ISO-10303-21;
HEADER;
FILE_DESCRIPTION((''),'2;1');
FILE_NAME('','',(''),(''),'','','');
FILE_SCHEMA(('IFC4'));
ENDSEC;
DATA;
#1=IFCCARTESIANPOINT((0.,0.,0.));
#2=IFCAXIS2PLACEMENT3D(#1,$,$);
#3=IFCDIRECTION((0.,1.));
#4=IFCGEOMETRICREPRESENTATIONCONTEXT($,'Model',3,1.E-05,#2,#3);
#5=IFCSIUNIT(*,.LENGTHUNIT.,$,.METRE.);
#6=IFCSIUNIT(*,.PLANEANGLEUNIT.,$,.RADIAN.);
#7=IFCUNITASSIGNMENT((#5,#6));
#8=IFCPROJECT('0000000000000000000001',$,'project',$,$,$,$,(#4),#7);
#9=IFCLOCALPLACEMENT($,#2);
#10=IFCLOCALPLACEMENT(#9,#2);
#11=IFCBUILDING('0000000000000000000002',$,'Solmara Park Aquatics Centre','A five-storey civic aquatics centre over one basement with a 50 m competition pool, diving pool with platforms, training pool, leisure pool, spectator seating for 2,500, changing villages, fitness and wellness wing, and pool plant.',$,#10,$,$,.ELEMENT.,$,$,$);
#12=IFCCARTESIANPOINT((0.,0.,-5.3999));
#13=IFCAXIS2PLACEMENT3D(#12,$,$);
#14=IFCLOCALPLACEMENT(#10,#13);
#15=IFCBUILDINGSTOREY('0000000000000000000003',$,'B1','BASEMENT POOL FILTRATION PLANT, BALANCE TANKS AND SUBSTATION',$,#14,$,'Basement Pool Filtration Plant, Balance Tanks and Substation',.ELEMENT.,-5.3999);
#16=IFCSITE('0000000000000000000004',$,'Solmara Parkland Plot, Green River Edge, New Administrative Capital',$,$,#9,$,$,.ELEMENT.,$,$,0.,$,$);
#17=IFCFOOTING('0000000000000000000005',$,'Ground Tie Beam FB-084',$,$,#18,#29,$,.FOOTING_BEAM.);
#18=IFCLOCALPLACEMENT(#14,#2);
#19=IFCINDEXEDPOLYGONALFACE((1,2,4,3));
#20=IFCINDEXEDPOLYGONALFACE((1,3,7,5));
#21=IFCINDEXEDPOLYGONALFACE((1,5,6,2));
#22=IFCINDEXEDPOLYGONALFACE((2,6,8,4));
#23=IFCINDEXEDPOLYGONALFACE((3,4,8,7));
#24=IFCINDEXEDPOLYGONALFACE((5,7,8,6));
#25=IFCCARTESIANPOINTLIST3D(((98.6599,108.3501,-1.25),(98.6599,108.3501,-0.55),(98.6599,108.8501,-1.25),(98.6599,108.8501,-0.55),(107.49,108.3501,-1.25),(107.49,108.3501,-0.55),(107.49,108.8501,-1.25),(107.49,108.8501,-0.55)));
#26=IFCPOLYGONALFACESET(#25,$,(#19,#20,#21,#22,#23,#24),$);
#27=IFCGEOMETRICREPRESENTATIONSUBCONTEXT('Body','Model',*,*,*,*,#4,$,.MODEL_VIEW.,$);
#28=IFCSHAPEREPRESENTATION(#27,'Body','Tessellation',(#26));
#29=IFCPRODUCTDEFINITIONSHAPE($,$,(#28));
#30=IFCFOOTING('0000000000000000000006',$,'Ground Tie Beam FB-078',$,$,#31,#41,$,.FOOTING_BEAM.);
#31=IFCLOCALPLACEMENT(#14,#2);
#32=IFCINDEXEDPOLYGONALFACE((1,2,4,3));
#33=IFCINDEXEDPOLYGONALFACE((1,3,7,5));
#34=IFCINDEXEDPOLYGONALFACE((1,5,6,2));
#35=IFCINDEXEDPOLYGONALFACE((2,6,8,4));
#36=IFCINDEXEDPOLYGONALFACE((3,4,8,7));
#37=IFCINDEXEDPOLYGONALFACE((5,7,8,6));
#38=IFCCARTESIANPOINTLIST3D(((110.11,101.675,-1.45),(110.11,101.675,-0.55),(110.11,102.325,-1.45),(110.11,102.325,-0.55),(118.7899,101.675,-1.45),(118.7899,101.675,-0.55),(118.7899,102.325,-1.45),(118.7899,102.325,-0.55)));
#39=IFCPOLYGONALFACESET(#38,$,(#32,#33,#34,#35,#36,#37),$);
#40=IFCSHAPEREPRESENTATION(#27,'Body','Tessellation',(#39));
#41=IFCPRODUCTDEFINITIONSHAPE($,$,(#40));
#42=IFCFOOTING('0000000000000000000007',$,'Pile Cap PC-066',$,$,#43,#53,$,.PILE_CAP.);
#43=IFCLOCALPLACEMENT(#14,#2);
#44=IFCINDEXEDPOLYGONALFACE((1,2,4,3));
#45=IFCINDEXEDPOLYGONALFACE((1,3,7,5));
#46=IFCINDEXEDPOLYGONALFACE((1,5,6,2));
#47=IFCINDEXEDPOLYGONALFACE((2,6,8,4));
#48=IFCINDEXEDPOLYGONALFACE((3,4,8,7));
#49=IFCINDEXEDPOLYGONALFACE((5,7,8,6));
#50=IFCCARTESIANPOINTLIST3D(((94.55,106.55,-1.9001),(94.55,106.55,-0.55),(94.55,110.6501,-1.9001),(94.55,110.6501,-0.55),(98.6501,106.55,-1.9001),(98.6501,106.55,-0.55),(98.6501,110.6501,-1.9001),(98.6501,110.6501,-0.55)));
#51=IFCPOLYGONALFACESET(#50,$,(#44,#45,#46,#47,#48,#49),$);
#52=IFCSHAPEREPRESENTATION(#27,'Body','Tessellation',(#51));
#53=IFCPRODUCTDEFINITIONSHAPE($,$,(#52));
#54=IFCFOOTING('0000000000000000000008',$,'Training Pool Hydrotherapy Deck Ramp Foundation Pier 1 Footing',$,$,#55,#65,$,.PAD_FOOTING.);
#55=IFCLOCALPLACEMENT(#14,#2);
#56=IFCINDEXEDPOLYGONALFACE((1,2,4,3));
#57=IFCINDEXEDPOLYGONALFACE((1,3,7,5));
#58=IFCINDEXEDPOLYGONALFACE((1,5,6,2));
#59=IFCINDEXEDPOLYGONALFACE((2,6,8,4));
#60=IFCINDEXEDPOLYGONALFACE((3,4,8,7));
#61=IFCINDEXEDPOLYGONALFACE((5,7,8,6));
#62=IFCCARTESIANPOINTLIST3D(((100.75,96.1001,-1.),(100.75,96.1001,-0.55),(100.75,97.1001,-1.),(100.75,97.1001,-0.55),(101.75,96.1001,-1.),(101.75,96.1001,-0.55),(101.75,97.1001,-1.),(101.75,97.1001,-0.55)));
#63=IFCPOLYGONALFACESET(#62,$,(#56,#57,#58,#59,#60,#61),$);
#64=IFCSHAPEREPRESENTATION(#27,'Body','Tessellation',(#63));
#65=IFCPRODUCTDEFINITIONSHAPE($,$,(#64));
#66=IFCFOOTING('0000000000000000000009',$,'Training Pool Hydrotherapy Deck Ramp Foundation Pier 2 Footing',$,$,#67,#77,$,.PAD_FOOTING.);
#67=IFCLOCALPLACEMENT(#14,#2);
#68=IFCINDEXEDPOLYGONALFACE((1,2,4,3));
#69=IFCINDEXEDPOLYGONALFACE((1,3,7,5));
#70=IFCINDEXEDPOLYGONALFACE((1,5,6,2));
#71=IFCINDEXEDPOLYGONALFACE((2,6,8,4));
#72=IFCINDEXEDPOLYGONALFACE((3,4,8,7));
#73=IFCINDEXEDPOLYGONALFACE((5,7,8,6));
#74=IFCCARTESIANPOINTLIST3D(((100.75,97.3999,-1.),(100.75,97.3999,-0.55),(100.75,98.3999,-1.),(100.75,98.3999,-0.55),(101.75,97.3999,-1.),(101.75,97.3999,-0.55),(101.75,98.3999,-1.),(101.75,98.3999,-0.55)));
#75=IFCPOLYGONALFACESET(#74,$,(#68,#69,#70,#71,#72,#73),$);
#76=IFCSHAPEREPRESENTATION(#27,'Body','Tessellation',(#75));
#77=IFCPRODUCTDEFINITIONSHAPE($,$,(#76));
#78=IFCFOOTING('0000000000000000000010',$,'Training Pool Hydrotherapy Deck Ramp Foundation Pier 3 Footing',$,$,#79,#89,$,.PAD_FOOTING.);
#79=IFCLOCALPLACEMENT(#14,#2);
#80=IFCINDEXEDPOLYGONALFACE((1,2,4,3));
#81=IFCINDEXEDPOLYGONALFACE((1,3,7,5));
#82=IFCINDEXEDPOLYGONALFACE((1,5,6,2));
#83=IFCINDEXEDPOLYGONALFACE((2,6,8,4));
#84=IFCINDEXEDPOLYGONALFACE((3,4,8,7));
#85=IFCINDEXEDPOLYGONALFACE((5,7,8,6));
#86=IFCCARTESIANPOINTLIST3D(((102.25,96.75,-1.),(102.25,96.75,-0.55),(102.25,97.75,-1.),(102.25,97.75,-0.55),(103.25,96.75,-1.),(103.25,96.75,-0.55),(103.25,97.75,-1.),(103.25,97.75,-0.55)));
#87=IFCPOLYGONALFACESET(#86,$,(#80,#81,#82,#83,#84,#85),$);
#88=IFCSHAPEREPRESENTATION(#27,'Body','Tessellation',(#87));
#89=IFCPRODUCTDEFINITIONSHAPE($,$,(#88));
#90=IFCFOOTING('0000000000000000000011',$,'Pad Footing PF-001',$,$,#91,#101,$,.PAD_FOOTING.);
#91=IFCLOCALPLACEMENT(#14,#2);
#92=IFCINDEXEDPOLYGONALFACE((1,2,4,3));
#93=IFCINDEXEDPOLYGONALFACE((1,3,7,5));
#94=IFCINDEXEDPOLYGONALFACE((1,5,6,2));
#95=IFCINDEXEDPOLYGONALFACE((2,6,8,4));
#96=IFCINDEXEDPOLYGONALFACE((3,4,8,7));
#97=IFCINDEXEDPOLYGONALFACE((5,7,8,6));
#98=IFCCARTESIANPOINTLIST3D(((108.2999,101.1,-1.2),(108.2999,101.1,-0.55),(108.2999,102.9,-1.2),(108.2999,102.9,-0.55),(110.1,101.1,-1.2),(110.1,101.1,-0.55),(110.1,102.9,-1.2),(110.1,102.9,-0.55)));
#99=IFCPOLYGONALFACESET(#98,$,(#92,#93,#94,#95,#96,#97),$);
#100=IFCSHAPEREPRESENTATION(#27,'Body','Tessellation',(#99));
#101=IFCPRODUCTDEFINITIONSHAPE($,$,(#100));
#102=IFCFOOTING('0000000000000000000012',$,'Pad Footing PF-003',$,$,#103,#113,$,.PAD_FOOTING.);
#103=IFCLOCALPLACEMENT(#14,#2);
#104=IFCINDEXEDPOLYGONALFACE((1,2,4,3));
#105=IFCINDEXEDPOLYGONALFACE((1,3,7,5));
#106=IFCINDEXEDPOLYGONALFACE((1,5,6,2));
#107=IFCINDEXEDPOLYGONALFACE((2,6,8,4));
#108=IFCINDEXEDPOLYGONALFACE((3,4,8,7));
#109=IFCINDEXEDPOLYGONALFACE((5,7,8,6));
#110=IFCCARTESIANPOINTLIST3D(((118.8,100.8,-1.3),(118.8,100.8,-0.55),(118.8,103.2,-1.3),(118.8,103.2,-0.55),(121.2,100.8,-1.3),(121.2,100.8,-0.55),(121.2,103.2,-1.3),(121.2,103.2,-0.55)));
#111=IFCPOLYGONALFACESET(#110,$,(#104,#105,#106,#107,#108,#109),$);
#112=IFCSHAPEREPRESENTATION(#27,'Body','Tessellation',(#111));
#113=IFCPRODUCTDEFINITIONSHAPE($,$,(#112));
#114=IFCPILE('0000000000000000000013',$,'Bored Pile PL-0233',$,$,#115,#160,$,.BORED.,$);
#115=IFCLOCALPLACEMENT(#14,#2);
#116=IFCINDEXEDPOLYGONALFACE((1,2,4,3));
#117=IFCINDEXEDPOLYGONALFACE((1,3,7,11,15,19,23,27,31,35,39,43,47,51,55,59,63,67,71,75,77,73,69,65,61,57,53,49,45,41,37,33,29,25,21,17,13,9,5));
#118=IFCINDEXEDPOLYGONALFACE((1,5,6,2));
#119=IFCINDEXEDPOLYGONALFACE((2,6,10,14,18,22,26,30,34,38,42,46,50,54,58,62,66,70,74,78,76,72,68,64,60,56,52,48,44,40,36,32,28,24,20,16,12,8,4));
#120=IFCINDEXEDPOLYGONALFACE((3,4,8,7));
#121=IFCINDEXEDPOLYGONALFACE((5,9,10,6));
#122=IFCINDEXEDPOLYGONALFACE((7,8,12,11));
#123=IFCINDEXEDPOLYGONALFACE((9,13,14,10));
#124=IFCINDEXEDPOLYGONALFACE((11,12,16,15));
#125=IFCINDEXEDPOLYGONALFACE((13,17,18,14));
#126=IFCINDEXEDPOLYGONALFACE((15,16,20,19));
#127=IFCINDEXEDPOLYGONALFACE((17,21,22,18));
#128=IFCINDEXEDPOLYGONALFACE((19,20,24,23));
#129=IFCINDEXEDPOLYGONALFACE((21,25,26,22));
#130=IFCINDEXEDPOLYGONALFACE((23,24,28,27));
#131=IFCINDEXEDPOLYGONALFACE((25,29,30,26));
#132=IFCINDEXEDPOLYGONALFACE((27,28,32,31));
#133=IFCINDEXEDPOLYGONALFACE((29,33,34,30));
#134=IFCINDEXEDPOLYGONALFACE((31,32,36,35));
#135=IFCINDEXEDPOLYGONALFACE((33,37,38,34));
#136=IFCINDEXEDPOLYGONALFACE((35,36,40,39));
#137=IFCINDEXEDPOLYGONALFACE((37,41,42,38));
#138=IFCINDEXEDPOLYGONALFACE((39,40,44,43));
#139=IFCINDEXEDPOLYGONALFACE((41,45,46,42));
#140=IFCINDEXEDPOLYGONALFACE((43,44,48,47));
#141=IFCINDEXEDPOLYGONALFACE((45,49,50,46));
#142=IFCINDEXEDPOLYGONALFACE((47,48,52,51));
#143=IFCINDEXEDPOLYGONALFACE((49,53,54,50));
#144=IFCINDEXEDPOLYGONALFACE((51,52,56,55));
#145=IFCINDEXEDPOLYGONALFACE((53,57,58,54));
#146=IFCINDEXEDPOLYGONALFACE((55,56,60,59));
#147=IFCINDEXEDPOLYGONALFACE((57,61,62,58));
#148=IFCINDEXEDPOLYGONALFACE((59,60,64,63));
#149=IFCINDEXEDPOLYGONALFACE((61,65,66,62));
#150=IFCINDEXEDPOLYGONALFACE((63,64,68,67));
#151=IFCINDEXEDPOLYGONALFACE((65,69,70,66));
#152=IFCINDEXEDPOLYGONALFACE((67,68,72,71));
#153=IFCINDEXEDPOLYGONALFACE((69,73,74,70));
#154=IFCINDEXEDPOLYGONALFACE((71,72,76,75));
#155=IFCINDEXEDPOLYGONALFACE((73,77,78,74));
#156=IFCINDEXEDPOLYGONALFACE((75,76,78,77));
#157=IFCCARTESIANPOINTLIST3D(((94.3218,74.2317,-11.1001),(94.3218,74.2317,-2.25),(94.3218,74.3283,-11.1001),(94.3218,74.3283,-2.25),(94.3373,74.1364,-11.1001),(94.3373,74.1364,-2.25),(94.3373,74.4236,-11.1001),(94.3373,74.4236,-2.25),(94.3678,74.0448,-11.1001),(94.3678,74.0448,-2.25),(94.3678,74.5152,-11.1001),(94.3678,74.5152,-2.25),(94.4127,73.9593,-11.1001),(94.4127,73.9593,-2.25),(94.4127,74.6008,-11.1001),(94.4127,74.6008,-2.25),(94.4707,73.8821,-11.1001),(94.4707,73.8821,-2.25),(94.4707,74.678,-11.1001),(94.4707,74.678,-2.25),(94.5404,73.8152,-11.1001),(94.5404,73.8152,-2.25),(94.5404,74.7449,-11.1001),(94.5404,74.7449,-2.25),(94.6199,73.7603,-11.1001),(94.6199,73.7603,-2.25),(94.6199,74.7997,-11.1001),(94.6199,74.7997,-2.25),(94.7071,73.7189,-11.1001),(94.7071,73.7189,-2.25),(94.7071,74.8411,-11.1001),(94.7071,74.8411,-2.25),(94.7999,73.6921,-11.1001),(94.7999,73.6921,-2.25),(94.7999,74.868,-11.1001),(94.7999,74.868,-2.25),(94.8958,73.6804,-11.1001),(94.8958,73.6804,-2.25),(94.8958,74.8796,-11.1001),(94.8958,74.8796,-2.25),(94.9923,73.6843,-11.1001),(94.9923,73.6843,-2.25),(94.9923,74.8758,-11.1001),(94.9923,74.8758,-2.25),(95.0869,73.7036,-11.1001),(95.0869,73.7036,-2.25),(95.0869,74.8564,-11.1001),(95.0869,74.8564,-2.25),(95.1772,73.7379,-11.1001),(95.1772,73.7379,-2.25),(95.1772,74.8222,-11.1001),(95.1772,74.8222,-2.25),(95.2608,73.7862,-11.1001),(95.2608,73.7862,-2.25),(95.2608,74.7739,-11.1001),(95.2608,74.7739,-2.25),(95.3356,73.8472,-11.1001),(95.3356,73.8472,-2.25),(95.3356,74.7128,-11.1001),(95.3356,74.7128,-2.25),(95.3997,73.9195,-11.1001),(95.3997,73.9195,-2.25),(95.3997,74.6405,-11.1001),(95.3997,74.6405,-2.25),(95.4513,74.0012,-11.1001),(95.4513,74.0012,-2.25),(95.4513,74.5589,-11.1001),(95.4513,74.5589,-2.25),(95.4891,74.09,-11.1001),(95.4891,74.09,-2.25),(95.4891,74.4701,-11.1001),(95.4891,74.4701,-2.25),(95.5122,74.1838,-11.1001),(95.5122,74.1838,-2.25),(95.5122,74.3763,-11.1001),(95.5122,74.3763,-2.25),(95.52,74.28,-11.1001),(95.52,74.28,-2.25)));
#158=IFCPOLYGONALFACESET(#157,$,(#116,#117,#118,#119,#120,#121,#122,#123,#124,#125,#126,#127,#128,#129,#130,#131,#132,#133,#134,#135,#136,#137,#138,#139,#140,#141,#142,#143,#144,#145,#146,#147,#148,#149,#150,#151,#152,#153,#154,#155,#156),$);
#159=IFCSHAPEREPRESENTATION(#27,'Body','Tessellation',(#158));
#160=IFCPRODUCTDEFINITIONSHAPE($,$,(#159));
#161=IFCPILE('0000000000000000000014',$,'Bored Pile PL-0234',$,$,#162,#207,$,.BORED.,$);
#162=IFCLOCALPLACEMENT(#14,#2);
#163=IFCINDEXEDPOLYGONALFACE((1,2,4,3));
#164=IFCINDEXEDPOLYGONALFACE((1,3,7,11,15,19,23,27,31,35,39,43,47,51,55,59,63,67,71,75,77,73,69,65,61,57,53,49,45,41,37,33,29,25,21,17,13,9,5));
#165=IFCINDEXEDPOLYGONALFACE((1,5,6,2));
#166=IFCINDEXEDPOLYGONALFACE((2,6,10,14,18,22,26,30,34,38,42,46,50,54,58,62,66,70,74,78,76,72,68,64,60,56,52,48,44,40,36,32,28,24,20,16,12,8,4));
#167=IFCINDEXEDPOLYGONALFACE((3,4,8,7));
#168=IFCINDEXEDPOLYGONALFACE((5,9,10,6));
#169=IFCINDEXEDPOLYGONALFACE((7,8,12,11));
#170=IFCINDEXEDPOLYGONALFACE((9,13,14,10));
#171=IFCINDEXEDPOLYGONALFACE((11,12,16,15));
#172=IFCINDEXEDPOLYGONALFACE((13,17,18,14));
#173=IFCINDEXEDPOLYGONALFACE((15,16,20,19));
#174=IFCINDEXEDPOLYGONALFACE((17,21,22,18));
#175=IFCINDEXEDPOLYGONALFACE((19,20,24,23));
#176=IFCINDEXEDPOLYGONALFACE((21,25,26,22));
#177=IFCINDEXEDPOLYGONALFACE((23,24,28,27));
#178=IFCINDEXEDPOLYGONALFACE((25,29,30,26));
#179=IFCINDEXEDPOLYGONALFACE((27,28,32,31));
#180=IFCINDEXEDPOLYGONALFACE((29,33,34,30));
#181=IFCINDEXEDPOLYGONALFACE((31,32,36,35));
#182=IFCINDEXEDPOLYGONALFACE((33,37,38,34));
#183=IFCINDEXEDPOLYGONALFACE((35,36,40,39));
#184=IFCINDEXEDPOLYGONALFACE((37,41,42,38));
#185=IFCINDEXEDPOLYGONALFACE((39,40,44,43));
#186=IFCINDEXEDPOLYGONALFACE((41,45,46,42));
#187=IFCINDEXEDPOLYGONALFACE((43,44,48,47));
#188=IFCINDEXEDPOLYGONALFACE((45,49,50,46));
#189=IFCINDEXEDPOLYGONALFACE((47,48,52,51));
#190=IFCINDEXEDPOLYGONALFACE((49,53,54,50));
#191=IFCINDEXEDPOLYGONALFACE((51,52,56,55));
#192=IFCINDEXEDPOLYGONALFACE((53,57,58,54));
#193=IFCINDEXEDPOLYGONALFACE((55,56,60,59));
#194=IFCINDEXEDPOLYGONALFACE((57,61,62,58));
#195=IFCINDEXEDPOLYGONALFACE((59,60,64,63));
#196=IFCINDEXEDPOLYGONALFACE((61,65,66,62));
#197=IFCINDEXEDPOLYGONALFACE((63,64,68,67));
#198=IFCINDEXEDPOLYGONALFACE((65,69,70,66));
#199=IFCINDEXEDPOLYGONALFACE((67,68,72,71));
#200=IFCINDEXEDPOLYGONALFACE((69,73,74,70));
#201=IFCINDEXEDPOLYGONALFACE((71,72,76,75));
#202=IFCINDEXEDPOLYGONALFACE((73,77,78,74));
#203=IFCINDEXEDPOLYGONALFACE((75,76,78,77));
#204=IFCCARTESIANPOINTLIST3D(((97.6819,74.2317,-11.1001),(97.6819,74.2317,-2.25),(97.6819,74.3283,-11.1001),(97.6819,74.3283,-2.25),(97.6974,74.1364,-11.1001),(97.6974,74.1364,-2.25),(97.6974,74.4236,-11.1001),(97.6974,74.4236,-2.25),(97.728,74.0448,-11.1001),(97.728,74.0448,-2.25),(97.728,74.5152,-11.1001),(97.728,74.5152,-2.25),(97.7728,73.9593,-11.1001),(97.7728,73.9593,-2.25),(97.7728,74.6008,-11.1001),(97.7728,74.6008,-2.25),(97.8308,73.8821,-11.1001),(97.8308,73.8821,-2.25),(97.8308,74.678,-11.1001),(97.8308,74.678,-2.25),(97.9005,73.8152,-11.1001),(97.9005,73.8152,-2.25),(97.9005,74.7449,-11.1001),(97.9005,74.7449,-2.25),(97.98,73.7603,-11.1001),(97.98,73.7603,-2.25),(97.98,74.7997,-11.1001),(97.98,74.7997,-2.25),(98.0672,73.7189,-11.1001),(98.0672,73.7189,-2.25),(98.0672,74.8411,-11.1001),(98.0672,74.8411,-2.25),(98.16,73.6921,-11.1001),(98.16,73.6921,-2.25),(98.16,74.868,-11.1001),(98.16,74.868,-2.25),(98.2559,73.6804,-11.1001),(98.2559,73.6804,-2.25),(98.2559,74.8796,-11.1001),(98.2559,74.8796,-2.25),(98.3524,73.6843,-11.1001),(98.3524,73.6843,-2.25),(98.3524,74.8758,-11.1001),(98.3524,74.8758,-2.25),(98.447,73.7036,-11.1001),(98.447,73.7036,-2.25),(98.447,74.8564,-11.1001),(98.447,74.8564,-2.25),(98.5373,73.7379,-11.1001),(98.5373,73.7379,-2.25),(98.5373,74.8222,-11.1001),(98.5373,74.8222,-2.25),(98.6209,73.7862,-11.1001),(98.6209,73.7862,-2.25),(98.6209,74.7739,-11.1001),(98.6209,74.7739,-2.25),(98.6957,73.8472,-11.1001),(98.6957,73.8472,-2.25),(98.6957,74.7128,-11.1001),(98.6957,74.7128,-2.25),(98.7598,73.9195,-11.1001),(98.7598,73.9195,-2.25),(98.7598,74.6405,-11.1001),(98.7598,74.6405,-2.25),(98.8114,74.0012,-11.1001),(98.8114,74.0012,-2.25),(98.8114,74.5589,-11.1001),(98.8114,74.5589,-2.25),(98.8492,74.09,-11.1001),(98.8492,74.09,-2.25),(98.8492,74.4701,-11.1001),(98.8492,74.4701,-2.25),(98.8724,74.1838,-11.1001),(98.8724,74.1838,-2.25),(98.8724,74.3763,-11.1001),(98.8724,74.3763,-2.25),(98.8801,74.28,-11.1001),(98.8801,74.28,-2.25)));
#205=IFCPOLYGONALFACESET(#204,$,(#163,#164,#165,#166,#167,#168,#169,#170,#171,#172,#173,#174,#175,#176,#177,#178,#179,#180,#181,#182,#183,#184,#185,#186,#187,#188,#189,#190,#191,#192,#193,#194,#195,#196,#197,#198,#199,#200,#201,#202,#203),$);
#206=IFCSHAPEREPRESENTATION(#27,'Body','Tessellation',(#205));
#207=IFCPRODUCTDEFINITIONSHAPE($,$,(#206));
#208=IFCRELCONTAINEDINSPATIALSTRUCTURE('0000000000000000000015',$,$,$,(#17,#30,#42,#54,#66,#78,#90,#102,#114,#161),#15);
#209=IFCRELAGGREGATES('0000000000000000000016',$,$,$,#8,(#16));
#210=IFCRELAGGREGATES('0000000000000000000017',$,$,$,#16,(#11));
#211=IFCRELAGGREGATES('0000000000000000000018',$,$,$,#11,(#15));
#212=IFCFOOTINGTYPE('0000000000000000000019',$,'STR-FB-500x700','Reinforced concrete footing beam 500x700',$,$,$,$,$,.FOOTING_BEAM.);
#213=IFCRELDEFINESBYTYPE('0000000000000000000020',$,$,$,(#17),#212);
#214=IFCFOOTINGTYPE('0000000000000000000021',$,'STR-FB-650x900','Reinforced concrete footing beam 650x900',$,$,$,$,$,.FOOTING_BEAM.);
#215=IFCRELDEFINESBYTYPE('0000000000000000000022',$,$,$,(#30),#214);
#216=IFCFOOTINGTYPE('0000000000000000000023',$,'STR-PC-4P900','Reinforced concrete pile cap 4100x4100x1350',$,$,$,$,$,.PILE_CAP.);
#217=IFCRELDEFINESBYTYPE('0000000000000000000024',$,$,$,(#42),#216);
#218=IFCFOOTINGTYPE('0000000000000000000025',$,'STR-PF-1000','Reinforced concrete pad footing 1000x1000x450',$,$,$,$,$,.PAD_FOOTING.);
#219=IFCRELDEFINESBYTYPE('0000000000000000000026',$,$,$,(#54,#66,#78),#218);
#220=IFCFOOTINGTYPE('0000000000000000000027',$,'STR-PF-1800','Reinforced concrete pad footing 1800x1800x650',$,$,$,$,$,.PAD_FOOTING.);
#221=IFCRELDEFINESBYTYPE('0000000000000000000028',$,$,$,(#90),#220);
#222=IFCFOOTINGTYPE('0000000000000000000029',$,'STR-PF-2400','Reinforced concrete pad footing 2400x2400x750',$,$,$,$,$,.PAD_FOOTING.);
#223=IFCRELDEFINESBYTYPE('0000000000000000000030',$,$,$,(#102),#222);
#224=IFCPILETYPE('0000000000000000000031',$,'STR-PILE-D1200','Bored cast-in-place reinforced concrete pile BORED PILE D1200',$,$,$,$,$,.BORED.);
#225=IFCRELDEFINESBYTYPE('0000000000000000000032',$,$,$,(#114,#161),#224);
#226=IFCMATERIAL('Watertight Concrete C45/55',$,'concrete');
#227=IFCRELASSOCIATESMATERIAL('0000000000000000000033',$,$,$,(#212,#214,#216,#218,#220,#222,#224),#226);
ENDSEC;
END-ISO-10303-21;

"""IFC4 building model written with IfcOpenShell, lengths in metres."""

from ifc_helpers import new_model, si_unit, direction, frame, origin, origin_2d, place, context, subcontext, project, spatial, rectangle, circle, extrude, material, material_profile, profile_set, type_object, element, save


model = new_model("IFC4")

# Units and contexts
model_context = context("Model", 3, precision=1e-05, world=origin(), true_north=direction((0.0, 1.0)))
body_context = subcontext(model_context, "Body", "Model", "MODEL_VIEW")
ifc_project = project(units=[si_unit("LENGTHUNIT", "METRE"), si_unit("PLANEANGLEUNIT", "RADIAN")], contexts=[model_context])

# Site, building, storey
site_placement = place(None, origin())
site = spatial("IfcSite", under=ifc_project, at=site_placement, Name="Solmara Parkland Plot, Green River Edge, New Administrative Capital", CompositionType="ELEMENT", RefElevation=0.0)
building_placement = place(site_placement, origin())
building = spatial("IfcBuilding", under=site, at=building_placement, Name="Solmara Park Aquatics Centre", Description="A five-storey civic aquatics centre over one basement with a 50 m competition pool, diving pool with platforms, training pool, leisure pool, spectator seating for 2,500, changing villages, fitness and wellness wing, and pool plant.", CompositionType="ELEMENT")
storey_placement = place(building_placement, frame((0.0, 0.0, -5.3999)))
storey = spatial("IfcBuildingStorey", under=building, at=storey_placement, Name="B1", Description="BASEMENT POOL FILTRATION PLANT, BALANCE TANKS AND SUBSTATION", LongName="Basement Pool Filtration Plant, Balance Tanks and Substation", CompositionType="ELEMENT", Elevation=-5.3999)

# Footings
ifc_material_1 = material(Name="Watertight Concrete C45/55", Category="concrete")
footing_type_1 = type_object("IfcFootingType", Name="STR-FB-500x700", Description="Reinforced concrete footing beam 500x700", PredefinedType="FOOTING_BEAM", material=ifc_material_1)
footing_1_placement = place(storey_placement, frame((103.075, 108.6001, -1.25), z_axis=(0.0, 0.0, 1.0), x_axis=(1.0, 0.0, 0.0)))
element("IfcFooting", 1, at=footing_1_placement, inside=storey, type_object=footing_type_1, Name="Ground Tie Beam FB-084", PredefinedType="FOOTING_BEAM", context=body_context, shape_type="SweptSolid", body=[
    extrude(rectangle(XDim=8.8301, YDim=0.5, at=origin_2d()), origin(), (0.0, 0.0, 1.0), 0.7),
])
footing_type_2 = type_object("IfcFootingType", Name="STR-FB-650x900", Description="Reinforced concrete footing beam 650x900", PredefinedType="FOOTING_BEAM", material=ifc_material_1)
footing_2_placement = place(storey_placement, frame((114.45, 102.0, -1.45), z_axis=(0.0, 0.0, 1.0), x_axis=(1.0, 0.0, 0.0)))
element("IfcFooting", 2, at=footing_2_placement, inside=storey, type_object=footing_type_2, Name="Ground Tie Beam FB-078", PredefinedType="FOOTING_BEAM", context=body_context, shape_type="SweptSolid", body=[
    extrude(rectangle(XDim=8.6799, YDim=0.6499, at=origin_2d()), origin(), (0.0, 0.0, 1.0), 0.8999),
])
footing_type_3 = type_object("IfcFootingType", Name="STR-PC-4P900", Description="Reinforced concrete pile cap 4100x4100x1350", PredefinedType="PILE_CAP", material=ifc_material_1)
footing_3_placement = place(storey_placement, frame((96.6001, 108.6001, -1.9001), z_axis=(0.0, 0.0, 1.0), x_axis=(1.0, 0.0, 0.0)))
element("IfcFooting", 3, at=footing_3_placement, inside=storey, type_object=footing_type_3, Name="Pile Cap PC-066", PredefinedType="PILE_CAP", context=body_context, shape_type="SweptSolid", body=[
    extrude(rectangle(XDim=4.1001, YDim=4.1001, at=origin_2d()), origin(), (0.0, 0.0, 1.0), 1.3501),
])
footing_type_4 = type_object("IfcFootingType", Name="STR-PF-1000", Description="Reinforced concrete pad footing 1000x1000x450", PredefinedType="PAD_FOOTING", material=ifc_material_1)
for number, where, z_axis, x_axis, name in (
    (4, (101.25, 96.6001, -1.0), (0.0, 0.0, 1.0), (1.0, 0.0, 0.0), "Training Pool Hydrotherapy Deck Ramp Foundation Pier 1 Footing"),
    (5, (101.25, 97.8999, -1.0), (0.0, 0.0, 1.0), (1.0, 0.0, 0.0), "Training Pool Hydrotherapy Deck Ramp Foundation Pier 2 Footing"),
    (6, (102.75, 97.25, -1.0), (0.0, 0.0, 1.0), (1.0, 0.0, 0.0), "Training Pool Hydrotherapy Deck Ramp Foundation Pier 3 Footing"),
):
    element("IfcFooting", number, at=place(storey_placement, frame(where, z_axis=z_axis, x_axis=x_axis)), inside=storey, type_object=footing_type_4, Name=name, PredefinedType="PAD_FOOTING", context=body_context, shape_type="SweptSolid", body=[
        extrude(rectangle(XDim=1.0, YDim=1.0, at=origin_2d()), origin(), (0.0, 0.0, 1.0), 0.45),
    ])
footing_type_5 = type_object("IfcFootingType", Name="STR-PF-1800", Description="Reinforced concrete pad footing 1800x1800x650", PredefinedType="PAD_FOOTING", material=ifc_material_1)
footing_4_placement = place(storey_placement, frame((109.2, 102.0, -1.2), z_axis=(0.0, 0.0, 1.0), x_axis=(1.0, 0.0, 0.0)))
element("IfcFooting", 7, at=footing_4_placement, inside=storey, type_object=footing_type_5, Name="Pad Footing PF-001", PredefinedType="PAD_FOOTING", context=body_context, shape_type="SweptSolid", body=[
    extrude(rectangle(XDim=1.8, YDim=1.8, at=origin_2d()), origin(), (0.0, 0.0, 1.0), 0.6499),
])
footing_type_6 = type_object("IfcFootingType", Name="STR-PF-2400", Description="Reinforced concrete pad footing 2400x2400x750", PredefinedType="PAD_FOOTING", material=ifc_material_1)
footing_5_placement = place(storey_placement, frame((120.0, 102.0, -1.3), z_axis=(0.0, 0.0, 1.0), x_axis=(1.0, 0.0, 0.0)))
element("IfcFooting", 8, at=footing_5_placement, inside=storey, type_object=footing_type_6, Name="Pad Footing PF-003", PredefinedType="PAD_FOOTING", context=body_context, shape_type="SweptSolid", body=[
    extrude(rectangle(XDim=2.3999, YDim=2.3999, at=origin_2d()), origin(), (0.0, 0.0, 1.0), 0.75),
])

# Piles
ifc_material_profile_1 = material_profile(ifc_material_1, circle(Radius=0.6001, at=origin_2d()), Name="BORED PILE D1200")
ifc_profile_set_1 = profile_set([ifc_material_profile_1], Name="Watertight Concrete C45/55")
pile_type_1 = type_object("IfcPileType", Name="STR-PILE-D1200", Description="Bored cast-in-place reinforced concrete pile BORED PILE D1200", PredefinedType="BORED", material=ifc_profile_set_1)
for number, where, z_axis, x_axis, name in (
    (9, (94.9199, 74.28, -2.25), (0.0, 0.0, -1.0), (1.0, 0.0, 0.0), "Bored Pile PL-0233"),
    (10, (98.28, 74.28, -2.25), (0.0, 0.0, -1.0), (1.0, 0.0, 0.0), "Bored Pile PL-0234"),
):
    element("IfcPile", number, at=place(storey_placement, frame(where, z_axis=z_axis, x_axis=x_axis)), inside=storey, type_object=pile_type_1, Name=name, PredefinedType="BORED", context=body_context, shape_type="SweptSolid", body=[
        extrude(circle(Radius=0.6001, at=origin_2d()), origin(), (0.0, 0.0, 1.0), 8.8501),
    ])

save(model, "model.ifc")
